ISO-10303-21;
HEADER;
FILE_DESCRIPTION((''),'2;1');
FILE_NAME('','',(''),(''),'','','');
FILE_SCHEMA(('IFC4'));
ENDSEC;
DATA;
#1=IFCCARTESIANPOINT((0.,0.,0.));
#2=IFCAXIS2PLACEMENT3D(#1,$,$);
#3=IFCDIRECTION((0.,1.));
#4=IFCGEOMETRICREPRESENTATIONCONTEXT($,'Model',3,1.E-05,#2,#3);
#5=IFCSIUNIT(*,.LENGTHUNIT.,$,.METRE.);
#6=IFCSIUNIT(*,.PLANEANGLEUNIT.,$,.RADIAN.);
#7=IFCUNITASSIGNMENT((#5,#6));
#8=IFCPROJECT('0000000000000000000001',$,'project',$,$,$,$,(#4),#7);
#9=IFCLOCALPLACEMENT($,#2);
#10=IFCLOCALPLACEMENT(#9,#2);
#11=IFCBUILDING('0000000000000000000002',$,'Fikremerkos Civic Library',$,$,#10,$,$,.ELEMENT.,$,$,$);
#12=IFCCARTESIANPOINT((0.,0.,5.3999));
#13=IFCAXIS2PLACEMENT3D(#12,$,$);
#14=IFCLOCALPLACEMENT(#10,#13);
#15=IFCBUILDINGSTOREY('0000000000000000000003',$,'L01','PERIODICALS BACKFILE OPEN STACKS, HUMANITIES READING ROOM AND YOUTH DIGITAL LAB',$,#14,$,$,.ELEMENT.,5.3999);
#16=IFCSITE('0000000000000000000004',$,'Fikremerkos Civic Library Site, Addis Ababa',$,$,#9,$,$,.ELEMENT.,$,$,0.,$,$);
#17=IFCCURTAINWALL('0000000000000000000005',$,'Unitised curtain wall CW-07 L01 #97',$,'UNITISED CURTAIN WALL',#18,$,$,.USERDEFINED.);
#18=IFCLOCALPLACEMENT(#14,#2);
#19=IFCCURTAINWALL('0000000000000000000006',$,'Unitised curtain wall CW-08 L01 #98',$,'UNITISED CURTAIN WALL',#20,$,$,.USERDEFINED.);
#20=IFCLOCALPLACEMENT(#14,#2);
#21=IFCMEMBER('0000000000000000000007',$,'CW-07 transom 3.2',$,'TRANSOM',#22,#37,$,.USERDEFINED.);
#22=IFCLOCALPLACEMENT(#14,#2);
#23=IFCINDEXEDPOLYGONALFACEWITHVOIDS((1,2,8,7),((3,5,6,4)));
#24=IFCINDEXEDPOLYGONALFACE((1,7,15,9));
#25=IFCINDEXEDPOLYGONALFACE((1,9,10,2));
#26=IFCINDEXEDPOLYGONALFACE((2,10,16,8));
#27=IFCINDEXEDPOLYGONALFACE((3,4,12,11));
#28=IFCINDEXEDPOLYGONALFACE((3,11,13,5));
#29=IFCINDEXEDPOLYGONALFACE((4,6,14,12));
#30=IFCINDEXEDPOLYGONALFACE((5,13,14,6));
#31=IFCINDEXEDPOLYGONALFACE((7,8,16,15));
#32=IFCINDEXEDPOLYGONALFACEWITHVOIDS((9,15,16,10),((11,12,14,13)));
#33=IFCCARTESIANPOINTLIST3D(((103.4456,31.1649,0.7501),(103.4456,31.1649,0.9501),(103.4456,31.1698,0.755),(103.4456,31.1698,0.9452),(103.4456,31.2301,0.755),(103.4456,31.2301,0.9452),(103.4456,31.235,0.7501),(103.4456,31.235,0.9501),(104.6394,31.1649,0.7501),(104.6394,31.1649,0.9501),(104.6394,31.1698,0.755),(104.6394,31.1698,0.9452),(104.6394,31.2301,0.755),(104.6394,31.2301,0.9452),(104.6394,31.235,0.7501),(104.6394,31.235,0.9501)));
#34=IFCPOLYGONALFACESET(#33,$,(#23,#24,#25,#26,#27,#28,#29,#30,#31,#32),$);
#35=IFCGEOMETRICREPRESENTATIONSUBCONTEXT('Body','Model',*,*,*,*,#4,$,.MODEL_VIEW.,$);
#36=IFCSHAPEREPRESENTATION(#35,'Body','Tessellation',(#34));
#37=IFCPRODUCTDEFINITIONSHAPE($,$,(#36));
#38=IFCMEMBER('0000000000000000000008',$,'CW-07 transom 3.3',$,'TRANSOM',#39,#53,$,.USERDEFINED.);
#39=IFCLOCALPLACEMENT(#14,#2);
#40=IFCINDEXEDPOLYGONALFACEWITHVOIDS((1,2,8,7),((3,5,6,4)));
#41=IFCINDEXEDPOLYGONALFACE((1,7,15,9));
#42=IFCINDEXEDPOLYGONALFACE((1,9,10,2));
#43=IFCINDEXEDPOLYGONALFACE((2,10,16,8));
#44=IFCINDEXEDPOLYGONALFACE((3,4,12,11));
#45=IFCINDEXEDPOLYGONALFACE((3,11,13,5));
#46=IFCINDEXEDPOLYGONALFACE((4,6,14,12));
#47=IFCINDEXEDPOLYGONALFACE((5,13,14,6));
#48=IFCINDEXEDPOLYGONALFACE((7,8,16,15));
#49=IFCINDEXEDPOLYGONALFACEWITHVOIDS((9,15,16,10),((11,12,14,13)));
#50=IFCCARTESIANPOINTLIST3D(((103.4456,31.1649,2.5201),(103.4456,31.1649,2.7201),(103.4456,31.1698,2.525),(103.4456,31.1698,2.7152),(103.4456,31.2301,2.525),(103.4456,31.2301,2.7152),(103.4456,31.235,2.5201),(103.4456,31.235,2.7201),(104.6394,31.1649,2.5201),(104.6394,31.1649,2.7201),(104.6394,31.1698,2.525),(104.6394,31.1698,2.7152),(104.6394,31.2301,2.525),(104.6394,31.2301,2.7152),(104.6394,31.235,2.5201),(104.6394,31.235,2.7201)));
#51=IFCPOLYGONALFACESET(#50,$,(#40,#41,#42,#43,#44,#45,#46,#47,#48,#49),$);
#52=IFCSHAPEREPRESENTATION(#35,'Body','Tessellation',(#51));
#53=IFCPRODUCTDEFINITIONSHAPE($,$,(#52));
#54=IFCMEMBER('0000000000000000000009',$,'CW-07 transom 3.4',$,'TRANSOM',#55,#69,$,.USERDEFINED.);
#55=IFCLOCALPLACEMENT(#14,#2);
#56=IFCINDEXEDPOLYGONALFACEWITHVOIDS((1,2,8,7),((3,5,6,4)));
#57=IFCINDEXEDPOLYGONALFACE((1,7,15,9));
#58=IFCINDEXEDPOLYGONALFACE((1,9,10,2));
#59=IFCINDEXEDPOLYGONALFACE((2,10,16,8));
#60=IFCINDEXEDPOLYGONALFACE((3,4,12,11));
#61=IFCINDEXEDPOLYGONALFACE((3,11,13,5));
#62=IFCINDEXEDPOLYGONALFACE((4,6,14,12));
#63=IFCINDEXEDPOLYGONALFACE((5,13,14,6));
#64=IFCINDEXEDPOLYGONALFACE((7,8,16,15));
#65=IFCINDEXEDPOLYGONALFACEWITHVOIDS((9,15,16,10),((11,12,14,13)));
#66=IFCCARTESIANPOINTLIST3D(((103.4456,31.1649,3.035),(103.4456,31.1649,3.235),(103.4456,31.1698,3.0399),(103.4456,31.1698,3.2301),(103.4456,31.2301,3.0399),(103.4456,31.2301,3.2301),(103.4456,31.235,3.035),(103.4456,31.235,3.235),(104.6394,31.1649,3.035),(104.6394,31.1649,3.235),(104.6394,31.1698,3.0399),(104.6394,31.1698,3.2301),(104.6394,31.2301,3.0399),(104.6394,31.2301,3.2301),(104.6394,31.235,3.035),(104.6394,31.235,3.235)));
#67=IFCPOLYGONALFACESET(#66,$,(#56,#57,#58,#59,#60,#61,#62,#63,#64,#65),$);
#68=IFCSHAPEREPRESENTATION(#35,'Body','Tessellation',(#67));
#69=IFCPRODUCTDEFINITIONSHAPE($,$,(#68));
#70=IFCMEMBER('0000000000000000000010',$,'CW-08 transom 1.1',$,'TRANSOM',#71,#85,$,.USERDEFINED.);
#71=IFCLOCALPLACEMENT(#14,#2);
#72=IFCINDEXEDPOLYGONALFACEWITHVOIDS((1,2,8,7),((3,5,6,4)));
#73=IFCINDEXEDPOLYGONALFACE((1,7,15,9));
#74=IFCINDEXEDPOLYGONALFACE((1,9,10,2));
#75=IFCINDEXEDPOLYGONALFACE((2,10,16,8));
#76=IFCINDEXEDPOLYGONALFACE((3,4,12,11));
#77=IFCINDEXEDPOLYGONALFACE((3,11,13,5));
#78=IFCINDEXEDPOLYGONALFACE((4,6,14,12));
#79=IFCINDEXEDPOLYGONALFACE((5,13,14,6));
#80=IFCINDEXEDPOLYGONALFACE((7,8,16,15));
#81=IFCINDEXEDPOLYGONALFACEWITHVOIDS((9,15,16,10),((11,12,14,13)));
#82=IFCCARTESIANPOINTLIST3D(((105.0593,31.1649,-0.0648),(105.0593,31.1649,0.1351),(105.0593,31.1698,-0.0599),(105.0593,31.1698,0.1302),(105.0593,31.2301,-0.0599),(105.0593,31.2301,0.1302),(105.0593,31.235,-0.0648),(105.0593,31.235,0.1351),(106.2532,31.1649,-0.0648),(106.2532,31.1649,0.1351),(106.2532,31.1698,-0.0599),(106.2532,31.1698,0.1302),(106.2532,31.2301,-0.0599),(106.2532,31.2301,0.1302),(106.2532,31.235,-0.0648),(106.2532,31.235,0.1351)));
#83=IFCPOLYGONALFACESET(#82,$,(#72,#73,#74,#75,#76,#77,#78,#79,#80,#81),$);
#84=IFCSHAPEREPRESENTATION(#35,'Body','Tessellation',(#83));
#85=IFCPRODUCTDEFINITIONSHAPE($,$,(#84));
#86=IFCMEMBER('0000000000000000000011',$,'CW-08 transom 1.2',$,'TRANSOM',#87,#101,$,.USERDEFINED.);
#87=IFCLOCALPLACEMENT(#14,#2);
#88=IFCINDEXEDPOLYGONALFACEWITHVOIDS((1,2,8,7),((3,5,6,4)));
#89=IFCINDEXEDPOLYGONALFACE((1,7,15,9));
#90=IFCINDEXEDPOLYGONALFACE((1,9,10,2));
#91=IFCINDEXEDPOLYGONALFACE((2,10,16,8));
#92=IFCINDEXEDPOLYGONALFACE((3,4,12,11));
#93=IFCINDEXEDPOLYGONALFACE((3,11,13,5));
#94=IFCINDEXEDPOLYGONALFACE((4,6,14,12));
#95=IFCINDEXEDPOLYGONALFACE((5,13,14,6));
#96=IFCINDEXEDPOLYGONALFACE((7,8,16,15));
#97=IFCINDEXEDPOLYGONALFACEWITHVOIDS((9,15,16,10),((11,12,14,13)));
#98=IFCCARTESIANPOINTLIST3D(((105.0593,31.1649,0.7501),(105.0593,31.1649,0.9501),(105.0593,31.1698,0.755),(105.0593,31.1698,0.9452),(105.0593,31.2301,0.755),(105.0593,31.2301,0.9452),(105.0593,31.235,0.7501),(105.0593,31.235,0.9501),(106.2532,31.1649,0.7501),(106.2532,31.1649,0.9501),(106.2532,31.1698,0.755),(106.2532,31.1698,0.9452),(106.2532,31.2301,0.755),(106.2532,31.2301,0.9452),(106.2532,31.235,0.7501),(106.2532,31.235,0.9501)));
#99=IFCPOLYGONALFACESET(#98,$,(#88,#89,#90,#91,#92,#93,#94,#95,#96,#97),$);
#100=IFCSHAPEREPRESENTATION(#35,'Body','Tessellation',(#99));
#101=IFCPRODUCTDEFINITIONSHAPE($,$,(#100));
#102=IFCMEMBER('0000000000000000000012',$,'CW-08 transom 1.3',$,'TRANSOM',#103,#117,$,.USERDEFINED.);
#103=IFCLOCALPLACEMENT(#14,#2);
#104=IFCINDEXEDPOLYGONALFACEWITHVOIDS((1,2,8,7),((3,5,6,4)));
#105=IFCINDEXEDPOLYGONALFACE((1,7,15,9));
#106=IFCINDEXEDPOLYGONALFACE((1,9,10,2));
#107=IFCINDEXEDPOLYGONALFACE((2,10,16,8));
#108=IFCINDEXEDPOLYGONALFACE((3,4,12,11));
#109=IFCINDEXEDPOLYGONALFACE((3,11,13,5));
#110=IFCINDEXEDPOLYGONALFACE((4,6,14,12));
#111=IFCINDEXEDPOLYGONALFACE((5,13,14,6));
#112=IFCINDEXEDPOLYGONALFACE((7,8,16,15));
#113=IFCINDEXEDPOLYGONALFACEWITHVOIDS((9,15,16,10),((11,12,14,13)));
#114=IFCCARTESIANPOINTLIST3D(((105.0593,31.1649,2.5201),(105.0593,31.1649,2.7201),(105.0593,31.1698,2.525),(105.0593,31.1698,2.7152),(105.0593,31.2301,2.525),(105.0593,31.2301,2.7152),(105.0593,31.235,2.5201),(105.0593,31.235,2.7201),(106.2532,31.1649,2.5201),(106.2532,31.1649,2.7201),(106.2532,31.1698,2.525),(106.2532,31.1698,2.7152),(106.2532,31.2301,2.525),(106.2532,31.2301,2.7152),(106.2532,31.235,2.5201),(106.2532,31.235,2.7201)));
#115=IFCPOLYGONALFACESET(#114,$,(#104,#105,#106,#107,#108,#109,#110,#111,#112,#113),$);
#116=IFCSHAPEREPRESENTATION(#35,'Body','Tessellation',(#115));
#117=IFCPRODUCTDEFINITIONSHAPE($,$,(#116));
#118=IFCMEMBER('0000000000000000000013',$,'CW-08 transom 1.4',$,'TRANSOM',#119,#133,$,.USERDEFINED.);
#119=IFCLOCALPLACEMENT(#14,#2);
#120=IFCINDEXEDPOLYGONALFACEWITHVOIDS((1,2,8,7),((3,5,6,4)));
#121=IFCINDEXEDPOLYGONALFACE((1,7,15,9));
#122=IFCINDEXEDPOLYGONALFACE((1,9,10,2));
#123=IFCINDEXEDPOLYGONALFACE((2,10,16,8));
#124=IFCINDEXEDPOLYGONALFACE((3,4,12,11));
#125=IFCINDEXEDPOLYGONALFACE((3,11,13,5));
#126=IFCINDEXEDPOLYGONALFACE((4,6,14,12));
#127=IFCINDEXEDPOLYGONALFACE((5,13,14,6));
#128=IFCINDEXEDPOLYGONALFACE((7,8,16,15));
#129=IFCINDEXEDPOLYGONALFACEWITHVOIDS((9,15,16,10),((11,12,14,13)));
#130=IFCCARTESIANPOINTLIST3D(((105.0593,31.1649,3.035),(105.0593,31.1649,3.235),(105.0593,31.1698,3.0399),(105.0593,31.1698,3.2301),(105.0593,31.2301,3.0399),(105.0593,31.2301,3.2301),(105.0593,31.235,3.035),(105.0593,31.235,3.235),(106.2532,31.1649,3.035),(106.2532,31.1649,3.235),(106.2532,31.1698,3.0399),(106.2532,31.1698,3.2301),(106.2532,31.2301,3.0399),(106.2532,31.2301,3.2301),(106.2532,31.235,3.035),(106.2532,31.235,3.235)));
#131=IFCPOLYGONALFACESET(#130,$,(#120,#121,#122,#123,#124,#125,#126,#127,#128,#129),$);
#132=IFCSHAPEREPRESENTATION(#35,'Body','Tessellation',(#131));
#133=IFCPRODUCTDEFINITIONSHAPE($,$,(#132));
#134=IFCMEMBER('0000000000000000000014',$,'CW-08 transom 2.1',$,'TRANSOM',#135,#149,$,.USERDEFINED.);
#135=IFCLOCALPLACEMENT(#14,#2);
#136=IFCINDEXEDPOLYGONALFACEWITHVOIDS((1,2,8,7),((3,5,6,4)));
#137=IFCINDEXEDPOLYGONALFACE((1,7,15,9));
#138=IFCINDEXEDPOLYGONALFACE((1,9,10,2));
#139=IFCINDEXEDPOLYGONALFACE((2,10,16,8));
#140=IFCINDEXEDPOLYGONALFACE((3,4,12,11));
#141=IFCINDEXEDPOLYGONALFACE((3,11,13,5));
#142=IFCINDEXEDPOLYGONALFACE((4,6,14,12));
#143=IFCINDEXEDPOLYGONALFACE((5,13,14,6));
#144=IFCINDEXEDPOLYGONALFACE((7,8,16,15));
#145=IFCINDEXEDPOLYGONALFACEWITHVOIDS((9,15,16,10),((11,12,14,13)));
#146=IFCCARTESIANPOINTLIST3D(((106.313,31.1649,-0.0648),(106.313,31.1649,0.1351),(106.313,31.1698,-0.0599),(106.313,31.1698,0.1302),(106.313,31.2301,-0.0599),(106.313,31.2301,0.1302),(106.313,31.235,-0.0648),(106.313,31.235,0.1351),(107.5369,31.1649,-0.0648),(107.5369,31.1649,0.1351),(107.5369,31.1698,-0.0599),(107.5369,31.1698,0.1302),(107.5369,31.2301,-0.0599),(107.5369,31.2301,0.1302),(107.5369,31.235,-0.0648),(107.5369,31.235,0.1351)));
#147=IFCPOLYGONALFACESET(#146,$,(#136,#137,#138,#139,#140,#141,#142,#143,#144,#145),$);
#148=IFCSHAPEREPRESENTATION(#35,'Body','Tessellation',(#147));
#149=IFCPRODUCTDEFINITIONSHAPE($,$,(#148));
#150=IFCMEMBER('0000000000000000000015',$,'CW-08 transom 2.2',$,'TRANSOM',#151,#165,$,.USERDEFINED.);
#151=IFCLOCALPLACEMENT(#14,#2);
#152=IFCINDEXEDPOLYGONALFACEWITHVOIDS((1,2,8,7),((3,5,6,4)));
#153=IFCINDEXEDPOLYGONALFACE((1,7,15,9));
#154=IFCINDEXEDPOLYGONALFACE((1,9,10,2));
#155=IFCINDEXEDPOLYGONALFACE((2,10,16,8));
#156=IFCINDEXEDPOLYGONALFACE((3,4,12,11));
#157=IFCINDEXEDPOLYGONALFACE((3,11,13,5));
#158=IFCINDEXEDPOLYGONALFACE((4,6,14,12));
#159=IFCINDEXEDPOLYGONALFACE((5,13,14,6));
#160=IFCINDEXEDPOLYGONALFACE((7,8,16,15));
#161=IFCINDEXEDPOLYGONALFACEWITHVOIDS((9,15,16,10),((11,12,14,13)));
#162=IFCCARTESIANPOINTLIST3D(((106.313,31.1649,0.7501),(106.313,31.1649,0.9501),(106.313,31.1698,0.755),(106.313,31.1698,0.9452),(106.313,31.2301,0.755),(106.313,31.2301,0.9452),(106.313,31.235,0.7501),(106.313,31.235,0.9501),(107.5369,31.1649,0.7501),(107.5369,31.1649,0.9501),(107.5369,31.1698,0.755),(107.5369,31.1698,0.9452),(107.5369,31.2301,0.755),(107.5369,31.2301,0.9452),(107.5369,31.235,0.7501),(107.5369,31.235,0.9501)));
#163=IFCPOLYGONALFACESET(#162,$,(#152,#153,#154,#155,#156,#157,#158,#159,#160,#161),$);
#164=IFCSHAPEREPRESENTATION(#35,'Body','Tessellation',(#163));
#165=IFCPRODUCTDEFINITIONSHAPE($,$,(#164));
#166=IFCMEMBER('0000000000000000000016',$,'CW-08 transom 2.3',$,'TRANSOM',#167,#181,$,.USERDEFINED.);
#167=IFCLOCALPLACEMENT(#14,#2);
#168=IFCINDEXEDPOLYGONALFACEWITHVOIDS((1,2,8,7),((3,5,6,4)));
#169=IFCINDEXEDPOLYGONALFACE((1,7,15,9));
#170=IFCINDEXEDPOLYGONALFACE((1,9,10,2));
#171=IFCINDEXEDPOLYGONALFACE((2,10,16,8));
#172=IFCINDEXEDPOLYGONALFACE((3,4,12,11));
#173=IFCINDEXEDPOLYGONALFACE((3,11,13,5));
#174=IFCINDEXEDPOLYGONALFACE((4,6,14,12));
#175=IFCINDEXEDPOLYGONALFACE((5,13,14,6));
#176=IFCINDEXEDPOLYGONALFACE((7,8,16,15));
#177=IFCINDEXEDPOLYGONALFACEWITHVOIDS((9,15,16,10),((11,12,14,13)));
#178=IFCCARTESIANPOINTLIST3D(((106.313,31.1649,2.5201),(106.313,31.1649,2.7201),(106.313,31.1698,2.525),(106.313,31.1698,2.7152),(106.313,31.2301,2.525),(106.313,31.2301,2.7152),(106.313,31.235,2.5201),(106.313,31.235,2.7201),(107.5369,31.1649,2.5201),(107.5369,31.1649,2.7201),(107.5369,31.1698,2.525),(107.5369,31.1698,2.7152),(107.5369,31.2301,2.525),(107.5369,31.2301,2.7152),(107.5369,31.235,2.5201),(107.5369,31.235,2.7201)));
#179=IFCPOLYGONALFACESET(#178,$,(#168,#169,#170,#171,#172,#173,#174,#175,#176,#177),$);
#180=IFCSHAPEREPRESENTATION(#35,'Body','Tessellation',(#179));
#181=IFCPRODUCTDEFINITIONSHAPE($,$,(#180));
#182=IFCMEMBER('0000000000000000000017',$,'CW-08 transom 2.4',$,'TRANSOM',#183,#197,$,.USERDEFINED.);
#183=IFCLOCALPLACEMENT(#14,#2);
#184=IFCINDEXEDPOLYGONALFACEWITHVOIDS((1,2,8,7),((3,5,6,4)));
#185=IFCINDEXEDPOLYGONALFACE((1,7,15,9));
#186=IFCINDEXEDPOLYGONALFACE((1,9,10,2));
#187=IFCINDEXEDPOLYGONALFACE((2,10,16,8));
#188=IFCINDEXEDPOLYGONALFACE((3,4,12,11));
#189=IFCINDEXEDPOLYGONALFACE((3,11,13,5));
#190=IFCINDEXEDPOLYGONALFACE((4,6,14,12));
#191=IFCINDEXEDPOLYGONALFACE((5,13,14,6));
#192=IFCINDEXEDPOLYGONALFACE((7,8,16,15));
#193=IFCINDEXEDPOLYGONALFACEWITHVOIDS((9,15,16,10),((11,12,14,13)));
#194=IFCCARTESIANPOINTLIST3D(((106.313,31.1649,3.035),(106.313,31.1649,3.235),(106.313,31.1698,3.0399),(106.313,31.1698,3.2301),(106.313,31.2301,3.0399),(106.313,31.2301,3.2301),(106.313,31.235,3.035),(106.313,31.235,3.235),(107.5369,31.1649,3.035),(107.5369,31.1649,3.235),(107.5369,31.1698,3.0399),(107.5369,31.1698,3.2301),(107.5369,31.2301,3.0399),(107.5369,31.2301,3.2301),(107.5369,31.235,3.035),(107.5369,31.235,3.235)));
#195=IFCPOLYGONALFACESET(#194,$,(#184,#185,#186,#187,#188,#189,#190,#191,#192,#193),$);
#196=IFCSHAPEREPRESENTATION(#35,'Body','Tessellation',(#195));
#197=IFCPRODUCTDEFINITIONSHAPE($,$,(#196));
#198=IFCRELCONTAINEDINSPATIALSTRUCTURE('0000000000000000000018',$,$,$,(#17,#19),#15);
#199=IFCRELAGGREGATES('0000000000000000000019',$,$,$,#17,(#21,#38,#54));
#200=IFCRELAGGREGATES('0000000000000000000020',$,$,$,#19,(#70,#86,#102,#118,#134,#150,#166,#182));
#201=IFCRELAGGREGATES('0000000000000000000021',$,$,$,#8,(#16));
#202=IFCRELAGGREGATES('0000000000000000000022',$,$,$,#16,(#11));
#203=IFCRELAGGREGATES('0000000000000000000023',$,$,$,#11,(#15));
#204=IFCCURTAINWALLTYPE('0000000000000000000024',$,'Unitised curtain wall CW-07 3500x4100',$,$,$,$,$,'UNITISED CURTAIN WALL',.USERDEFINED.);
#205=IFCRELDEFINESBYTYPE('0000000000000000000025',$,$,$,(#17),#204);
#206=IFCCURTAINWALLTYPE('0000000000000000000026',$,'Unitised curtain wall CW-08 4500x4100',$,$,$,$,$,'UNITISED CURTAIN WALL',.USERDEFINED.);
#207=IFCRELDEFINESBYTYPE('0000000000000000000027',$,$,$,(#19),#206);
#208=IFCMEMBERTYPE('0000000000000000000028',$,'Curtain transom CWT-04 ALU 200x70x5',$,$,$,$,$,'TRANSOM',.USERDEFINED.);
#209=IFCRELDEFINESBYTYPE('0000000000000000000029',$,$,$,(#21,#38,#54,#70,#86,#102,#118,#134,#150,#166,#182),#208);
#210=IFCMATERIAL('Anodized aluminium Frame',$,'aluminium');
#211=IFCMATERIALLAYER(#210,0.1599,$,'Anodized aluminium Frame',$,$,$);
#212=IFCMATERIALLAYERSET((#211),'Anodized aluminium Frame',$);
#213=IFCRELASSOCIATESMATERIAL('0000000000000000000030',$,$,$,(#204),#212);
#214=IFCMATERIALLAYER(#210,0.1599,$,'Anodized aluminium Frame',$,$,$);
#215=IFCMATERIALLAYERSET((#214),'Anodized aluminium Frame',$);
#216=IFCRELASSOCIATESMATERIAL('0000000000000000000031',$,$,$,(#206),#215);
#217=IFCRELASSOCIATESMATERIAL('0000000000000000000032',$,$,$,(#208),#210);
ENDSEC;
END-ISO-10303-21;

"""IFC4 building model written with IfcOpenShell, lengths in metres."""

from ifc_helpers import new_model, si_unit, direction, frame, origin, origin_2d, place, context, subcontext, project, spatial, hollow_rectangle, extrude, material, layer, layer_set, material_profile, profile_set, type_object, element, aggregate, save


model = new_model("IFC4")

# Units and contexts
model_context = context("Model", 3, precision=1e-05, world=origin(), true_north=direction((0.0, 1.0)))
body_context = subcontext(model_context, "Body", "Model", "MODEL_VIEW")
ifc_project = project(units=[si_unit("LENGTHUNIT", "METRE"), si_unit("PLANEANGLEUNIT", "RADIAN")], contexts=[model_context])

# Site, building, storey
site_placement = place(None, origin())
site = spatial("IfcSite", under=ifc_project, at=site_placement, Name="Fikremerkos Civic Library Site, Addis Ababa", CompositionType="ELEMENT", RefElevation=0.0)
building_placement = place(site_placement, origin())
building = spatial("IfcBuilding", under=site, at=building_placement, Name="Fikremerkos Civic Library", CompositionType="ELEMENT")
storey_placement = place(building_placement, frame((0.0, 0.0, 5.3999)))
storey = spatial("IfcBuildingStorey", under=building, at=storey_placement, Name="L01", Description="PERIODICALS BACKFILE OPEN STACKS, HUMANITIES READING ROOM AND YOUTH DIGITAL LAB", CompositionType="ELEMENT", Elevation=5.3999)

# Curtain walls
ifc_material_1 = material(Name="Anodized aluminium Frame", Category="aluminium")
ifc_layer_1 = layer(ifc_material_1, 0.1599, Name="Anodized aluminium Frame")
ifc_layer_set_1 = layer_set([ifc_layer_1], Name="Anodized aluminium Frame")
curtain_wall_type_1 = type_object("IfcCurtainWallType", Name="Unitised curtain wall CW-07 3500x4100", ElementType="UNITISED CURTAIN WALL", PredefinedType="USERDEFINED", material=ifc_layer_set_1)
curtain_wall_1_placement = place(storey_placement, origin())
curtain_wall_1 = element("IfcCurtainWall", 1, at=curtain_wall_1_placement, inside=storey, type_object=curtain_wall_type_1, Name="Unitised curtain wall CW-07 L01 #97", ObjectType="UNITISED CURTAIN WALL", PredefinedType="USERDEFINED")
ifc_layer_2 = layer(ifc_material_1, 0.1599, Name="Anodized aluminium Frame")
ifc_layer_set_2 = layer_set([ifc_layer_2], Name="Anodized aluminium Frame")
curtain_wall_type_2 = type_object("IfcCurtainWallType", Name="Unitised curtain wall CW-08 4500x4100", ElementType="UNITISED CURTAIN WALL", PredefinedType="USERDEFINED", material=ifc_layer_set_2)
curtain_wall_2_placement = place(storey_placement, origin())
curtain_wall_2 = element("IfcCurtainWall", 2, at=curtain_wall_2_placement, inside=storey, type_object=curtain_wall_type_2, Name="Unitised curtain wall CW-08 L01 #98", ObjectType="UNITISED CURTAIN WALL", PredefinedType="USERDEFINED")

# Members
ifc_material_profile_1 = material_profile(ifc_material_1, hollow_rectangle(XDim=0.0701, YDim=0.2, WallThickness=0.0049, at=origin_2d()), Name="ALU 200x70x5")
ifc_profile_set_1 = profile_set([ifc_material_profile_1], Name="Anodized aluminium Frame")
member_type_1 = type_object("IfcMemberType", Name="Curtain transom CWT-04 ALU 200x70x5", ElementType="TRANSOM", PredefinedType="USERDEFINED", material=ifc_profile_set_1)
member_1_placement = place(storey_placement, frame((103.4456, 31.2, 0.8501), z_axis=(1.0, 0.0, 0.0), x_axis=(0.0, 1.0, 0.0)))
member_1 = element("IfcMember", 3, at=member_1_placement, type_object=member_type_1, Name="CW-07 transom 3.2", ObjectType="TRANSOM", PredefinedType="USERDEFINED", context=body_context, shape_type="SweptSolid", body=[
    extrude(hollow_rectangle(XDim=0.0701, YDim=0.2, WallThickness=0.0049, at=origin_2d()), origin(), (0.0, 0.0, 1.0), 1.1938),
])
member_2_placement = place(storey_placement, frame((103.4456, 31.2, 2.6201), z_axis=(1.0, 0.0, 0.0), x_axis=(0.0, 1.0, 0.0)))
member_2 = element("IfcMember", 4, at=member_2_placement, type_object=member_type_1, Name="CW-07 transom 3.3", ObjectType="TRANSOM", PredefinedType="USERDEFINED", context=body_context, shape_type="SweptSolid", body=[
    extrude(hollow_rectangle(XDim=0.0701, YDim=0.2, WallThickness=0.0049, at=origin_2d()), origin(), (0.0, 0.0, 1.0), 1.1938),
])
member_3_placement = place(storey_placement, frame((103.4456, 31.2, 3.135), z_axis=(1.0, 0.0, 0.0), x_axis=(0.0, 1.0, 0.0)))
member_3 = element("IfcMember", 5, at=member_3_placement, type_object=member_type_1, Name="CW-07 transom 3.4", ObjectType="TRANSOM", PredefinedType="USERDEFINED", context=body_context, shape_type="SweptSolid", body=[
    extrude(hollow_rectangle(XDim=0.0701, YDim=0.2, WallThickness=0.0049, at=origin_2d()), origin(), (0.0, 0.0, 1.0), 1.1938),
])
member_4_placement = place(storey_placement, frame((105.0593, 31.2, 0.0352), z_axis=(1.0, 0.0, 0.0), x_axis=(0.0, 1.0, 0.0)))
member_4 = element("IfcMember", 6, at=member_4_placement, type_object=member_type_1, Name="CW-08 transom 1.1", ObjectType="TRANSOM", PredefinedType="USERDEFINED", context=body_context, shape_type="SweptSolid", body=[
    extrude(hollow_rectangle(XDim=0.0701, YDim=0.2, WallThickness=0.0049, at=origin_2d()), origin(), (0.0, 0.0, 1.0), 1.1938),
])
member_5_placement = place(storey_placement, frame((105.0593, 31.2, 0.8501), z_axis=(1.0, 0.0, 0.0), x_axis=(0.0, 1.0, 0.0)))
member_5 = element("IfcMember", 7, at=member_5_placement, type_object=member_type_1, Name="CW-08 transom 1.2", ObjectType="TRANSOM", PredefinedType="USERDEFINED", context=body_context, shape_type="SweptSolid", body=[
    extrude(hollow_rectangle(XDim=0.0701, YDim=0.2, WallThickness=0.0049, at=origin_2d()), origin(), (0.0, 0.0, 1.0), 1.1938),
])
member_6_placement = place(storey_placement, frame((105.0593, 31.2, 2.6201), z_axis=(1.0, 0.0, 0.0), x_axis=(0.0, 1.0, 0.0)))
member_6 = element("IfcMember", 8, at=member_6_placement, type_object=member_type_1, Name="CW-08 transom 1.3", ObjectType="TRANSOM", PredefinedType="USERDEFINED", context=body_context, shape_type="SweptSolid", body=[
    extrude(hollow_rectangle(XDim=0.0701, YDim=0.2, WallThickness=0.0049, at=origin_2d()), origin(), (0.0, 0.0, 1.0), 1.1938),
])
member_7_placement = place(storey_placement, frame((105.0593, 31.2, 3.135), z_axis=(1.0, 0.0, 0.0), x_axis=(0.0, 1.0, 0.0)))
member_7 = element("IfcMember", 9, at=member_7_placement, type_object=member_type_1, Name="CW-08 transom 1.4", ObjectType="TRANSOM", PredefinedType="USERDEFINED", context=body_context, shape_type="SweptSolid", body=[
    extrude(hollow_rectangle(XDim=0.0701, YDim=0.2, WallThickness=0.0049, at=origin_2d()), origin(), (0.0, 0.0, 1.0), 1.1938),
])
member_8_placement = place(storey_placement, frame((106.313, 31.2, 0.0352), z_axis=(1.0, 0.0, 0.0), x_axis=(0.0, 1.0, 0.0)))
member_8 = element("IfcMember", 10, at=member_8_placement, type_object=member_type_1, Name="CW-08 transom 2.1", ObjectType="TRANSOM", PredefinedType="USERDEFINED", context=body_context, shape_type="SweptSolid", body=[
    extrude(hollow_rectangle(XDim=0.0701, YDim=0.2, WallThickness=0.0049, at=origin_2d()), origin(), (0.0, 0.0, 1.0), 1.2239),
])
member_9_placement = place(storey_placement, frame((106.313, 31.2, 0.8501), z_axis=(1.0, 0.0, 0.0), x_axis=(0.0, 1.0, 0.0)))
member_9 = element("IfcMember", 11, at=member_9_placement, type_object=member_type_1, Name="CW-08 transom 2.2", ObjectType="TRANSOM", PredefinedType="USERDEFINED", context=body_context, shape_type="SweptSolid", body=[
    extrude(hollow_rectangle(XDim=0.0701, YDim=0.2, WallThickness=0.0049, at=origin_2d()), origin(), (0.0, 0.0, 1.0), 1.2239),
])
member_10_placement = place(storey_placement, frame((106.313, 31.2, 2.6201), z_axis=(1.0, 0.0, 0.0), x_axis=(0.0, 1.0, 0.0)))
member_10 = element("IfcMember", 12, at=member_10_placement, type_object=member_type_1, Name="CW-08 transom 2.3", ObjectType="TRANSOM", PredefinedType="USERDEFINED", context=body_context, shape_type="SweptSolid", body=[
    extrude(hollow_rectangle(XDim=0.0701, YDim=0.2, WallThickness=0.0049, at=origin_2d()), origin(), (0.0, 0.0, 1.0), 1.2239),
])
member_11_placement = place(storey_placement, frame((106.313, 31.2, 3.135), z_axis=(1.0, 0.0, 0.0), x_axis=(0.0, 1.0, 0.0)))
member_11 = element("IfcMember", 13, at=member_11_placement, type_object=member_type_1, Name="CW-08 transom 2.4", ObjectType="TRANSOM", PredefinedType="USERDEFINED", context=body_context, shape_type="SweptSolid", body=[
    extrude(hollow_rectangle(XDim=0.0701, YDim=0.2, WallThickness=0.0049, at=origin_2d()), origin(), (0.0, 0.0, 1.0), 1.2239),
])

aggregate(curtain_wall_1, [member_1, member_2, member_3])
aggregate(curtain_wall_2, [member_4, member_5, member_6, member_7, member_8, member_9, member_10, member_11])

save(model, "model.ifc")
